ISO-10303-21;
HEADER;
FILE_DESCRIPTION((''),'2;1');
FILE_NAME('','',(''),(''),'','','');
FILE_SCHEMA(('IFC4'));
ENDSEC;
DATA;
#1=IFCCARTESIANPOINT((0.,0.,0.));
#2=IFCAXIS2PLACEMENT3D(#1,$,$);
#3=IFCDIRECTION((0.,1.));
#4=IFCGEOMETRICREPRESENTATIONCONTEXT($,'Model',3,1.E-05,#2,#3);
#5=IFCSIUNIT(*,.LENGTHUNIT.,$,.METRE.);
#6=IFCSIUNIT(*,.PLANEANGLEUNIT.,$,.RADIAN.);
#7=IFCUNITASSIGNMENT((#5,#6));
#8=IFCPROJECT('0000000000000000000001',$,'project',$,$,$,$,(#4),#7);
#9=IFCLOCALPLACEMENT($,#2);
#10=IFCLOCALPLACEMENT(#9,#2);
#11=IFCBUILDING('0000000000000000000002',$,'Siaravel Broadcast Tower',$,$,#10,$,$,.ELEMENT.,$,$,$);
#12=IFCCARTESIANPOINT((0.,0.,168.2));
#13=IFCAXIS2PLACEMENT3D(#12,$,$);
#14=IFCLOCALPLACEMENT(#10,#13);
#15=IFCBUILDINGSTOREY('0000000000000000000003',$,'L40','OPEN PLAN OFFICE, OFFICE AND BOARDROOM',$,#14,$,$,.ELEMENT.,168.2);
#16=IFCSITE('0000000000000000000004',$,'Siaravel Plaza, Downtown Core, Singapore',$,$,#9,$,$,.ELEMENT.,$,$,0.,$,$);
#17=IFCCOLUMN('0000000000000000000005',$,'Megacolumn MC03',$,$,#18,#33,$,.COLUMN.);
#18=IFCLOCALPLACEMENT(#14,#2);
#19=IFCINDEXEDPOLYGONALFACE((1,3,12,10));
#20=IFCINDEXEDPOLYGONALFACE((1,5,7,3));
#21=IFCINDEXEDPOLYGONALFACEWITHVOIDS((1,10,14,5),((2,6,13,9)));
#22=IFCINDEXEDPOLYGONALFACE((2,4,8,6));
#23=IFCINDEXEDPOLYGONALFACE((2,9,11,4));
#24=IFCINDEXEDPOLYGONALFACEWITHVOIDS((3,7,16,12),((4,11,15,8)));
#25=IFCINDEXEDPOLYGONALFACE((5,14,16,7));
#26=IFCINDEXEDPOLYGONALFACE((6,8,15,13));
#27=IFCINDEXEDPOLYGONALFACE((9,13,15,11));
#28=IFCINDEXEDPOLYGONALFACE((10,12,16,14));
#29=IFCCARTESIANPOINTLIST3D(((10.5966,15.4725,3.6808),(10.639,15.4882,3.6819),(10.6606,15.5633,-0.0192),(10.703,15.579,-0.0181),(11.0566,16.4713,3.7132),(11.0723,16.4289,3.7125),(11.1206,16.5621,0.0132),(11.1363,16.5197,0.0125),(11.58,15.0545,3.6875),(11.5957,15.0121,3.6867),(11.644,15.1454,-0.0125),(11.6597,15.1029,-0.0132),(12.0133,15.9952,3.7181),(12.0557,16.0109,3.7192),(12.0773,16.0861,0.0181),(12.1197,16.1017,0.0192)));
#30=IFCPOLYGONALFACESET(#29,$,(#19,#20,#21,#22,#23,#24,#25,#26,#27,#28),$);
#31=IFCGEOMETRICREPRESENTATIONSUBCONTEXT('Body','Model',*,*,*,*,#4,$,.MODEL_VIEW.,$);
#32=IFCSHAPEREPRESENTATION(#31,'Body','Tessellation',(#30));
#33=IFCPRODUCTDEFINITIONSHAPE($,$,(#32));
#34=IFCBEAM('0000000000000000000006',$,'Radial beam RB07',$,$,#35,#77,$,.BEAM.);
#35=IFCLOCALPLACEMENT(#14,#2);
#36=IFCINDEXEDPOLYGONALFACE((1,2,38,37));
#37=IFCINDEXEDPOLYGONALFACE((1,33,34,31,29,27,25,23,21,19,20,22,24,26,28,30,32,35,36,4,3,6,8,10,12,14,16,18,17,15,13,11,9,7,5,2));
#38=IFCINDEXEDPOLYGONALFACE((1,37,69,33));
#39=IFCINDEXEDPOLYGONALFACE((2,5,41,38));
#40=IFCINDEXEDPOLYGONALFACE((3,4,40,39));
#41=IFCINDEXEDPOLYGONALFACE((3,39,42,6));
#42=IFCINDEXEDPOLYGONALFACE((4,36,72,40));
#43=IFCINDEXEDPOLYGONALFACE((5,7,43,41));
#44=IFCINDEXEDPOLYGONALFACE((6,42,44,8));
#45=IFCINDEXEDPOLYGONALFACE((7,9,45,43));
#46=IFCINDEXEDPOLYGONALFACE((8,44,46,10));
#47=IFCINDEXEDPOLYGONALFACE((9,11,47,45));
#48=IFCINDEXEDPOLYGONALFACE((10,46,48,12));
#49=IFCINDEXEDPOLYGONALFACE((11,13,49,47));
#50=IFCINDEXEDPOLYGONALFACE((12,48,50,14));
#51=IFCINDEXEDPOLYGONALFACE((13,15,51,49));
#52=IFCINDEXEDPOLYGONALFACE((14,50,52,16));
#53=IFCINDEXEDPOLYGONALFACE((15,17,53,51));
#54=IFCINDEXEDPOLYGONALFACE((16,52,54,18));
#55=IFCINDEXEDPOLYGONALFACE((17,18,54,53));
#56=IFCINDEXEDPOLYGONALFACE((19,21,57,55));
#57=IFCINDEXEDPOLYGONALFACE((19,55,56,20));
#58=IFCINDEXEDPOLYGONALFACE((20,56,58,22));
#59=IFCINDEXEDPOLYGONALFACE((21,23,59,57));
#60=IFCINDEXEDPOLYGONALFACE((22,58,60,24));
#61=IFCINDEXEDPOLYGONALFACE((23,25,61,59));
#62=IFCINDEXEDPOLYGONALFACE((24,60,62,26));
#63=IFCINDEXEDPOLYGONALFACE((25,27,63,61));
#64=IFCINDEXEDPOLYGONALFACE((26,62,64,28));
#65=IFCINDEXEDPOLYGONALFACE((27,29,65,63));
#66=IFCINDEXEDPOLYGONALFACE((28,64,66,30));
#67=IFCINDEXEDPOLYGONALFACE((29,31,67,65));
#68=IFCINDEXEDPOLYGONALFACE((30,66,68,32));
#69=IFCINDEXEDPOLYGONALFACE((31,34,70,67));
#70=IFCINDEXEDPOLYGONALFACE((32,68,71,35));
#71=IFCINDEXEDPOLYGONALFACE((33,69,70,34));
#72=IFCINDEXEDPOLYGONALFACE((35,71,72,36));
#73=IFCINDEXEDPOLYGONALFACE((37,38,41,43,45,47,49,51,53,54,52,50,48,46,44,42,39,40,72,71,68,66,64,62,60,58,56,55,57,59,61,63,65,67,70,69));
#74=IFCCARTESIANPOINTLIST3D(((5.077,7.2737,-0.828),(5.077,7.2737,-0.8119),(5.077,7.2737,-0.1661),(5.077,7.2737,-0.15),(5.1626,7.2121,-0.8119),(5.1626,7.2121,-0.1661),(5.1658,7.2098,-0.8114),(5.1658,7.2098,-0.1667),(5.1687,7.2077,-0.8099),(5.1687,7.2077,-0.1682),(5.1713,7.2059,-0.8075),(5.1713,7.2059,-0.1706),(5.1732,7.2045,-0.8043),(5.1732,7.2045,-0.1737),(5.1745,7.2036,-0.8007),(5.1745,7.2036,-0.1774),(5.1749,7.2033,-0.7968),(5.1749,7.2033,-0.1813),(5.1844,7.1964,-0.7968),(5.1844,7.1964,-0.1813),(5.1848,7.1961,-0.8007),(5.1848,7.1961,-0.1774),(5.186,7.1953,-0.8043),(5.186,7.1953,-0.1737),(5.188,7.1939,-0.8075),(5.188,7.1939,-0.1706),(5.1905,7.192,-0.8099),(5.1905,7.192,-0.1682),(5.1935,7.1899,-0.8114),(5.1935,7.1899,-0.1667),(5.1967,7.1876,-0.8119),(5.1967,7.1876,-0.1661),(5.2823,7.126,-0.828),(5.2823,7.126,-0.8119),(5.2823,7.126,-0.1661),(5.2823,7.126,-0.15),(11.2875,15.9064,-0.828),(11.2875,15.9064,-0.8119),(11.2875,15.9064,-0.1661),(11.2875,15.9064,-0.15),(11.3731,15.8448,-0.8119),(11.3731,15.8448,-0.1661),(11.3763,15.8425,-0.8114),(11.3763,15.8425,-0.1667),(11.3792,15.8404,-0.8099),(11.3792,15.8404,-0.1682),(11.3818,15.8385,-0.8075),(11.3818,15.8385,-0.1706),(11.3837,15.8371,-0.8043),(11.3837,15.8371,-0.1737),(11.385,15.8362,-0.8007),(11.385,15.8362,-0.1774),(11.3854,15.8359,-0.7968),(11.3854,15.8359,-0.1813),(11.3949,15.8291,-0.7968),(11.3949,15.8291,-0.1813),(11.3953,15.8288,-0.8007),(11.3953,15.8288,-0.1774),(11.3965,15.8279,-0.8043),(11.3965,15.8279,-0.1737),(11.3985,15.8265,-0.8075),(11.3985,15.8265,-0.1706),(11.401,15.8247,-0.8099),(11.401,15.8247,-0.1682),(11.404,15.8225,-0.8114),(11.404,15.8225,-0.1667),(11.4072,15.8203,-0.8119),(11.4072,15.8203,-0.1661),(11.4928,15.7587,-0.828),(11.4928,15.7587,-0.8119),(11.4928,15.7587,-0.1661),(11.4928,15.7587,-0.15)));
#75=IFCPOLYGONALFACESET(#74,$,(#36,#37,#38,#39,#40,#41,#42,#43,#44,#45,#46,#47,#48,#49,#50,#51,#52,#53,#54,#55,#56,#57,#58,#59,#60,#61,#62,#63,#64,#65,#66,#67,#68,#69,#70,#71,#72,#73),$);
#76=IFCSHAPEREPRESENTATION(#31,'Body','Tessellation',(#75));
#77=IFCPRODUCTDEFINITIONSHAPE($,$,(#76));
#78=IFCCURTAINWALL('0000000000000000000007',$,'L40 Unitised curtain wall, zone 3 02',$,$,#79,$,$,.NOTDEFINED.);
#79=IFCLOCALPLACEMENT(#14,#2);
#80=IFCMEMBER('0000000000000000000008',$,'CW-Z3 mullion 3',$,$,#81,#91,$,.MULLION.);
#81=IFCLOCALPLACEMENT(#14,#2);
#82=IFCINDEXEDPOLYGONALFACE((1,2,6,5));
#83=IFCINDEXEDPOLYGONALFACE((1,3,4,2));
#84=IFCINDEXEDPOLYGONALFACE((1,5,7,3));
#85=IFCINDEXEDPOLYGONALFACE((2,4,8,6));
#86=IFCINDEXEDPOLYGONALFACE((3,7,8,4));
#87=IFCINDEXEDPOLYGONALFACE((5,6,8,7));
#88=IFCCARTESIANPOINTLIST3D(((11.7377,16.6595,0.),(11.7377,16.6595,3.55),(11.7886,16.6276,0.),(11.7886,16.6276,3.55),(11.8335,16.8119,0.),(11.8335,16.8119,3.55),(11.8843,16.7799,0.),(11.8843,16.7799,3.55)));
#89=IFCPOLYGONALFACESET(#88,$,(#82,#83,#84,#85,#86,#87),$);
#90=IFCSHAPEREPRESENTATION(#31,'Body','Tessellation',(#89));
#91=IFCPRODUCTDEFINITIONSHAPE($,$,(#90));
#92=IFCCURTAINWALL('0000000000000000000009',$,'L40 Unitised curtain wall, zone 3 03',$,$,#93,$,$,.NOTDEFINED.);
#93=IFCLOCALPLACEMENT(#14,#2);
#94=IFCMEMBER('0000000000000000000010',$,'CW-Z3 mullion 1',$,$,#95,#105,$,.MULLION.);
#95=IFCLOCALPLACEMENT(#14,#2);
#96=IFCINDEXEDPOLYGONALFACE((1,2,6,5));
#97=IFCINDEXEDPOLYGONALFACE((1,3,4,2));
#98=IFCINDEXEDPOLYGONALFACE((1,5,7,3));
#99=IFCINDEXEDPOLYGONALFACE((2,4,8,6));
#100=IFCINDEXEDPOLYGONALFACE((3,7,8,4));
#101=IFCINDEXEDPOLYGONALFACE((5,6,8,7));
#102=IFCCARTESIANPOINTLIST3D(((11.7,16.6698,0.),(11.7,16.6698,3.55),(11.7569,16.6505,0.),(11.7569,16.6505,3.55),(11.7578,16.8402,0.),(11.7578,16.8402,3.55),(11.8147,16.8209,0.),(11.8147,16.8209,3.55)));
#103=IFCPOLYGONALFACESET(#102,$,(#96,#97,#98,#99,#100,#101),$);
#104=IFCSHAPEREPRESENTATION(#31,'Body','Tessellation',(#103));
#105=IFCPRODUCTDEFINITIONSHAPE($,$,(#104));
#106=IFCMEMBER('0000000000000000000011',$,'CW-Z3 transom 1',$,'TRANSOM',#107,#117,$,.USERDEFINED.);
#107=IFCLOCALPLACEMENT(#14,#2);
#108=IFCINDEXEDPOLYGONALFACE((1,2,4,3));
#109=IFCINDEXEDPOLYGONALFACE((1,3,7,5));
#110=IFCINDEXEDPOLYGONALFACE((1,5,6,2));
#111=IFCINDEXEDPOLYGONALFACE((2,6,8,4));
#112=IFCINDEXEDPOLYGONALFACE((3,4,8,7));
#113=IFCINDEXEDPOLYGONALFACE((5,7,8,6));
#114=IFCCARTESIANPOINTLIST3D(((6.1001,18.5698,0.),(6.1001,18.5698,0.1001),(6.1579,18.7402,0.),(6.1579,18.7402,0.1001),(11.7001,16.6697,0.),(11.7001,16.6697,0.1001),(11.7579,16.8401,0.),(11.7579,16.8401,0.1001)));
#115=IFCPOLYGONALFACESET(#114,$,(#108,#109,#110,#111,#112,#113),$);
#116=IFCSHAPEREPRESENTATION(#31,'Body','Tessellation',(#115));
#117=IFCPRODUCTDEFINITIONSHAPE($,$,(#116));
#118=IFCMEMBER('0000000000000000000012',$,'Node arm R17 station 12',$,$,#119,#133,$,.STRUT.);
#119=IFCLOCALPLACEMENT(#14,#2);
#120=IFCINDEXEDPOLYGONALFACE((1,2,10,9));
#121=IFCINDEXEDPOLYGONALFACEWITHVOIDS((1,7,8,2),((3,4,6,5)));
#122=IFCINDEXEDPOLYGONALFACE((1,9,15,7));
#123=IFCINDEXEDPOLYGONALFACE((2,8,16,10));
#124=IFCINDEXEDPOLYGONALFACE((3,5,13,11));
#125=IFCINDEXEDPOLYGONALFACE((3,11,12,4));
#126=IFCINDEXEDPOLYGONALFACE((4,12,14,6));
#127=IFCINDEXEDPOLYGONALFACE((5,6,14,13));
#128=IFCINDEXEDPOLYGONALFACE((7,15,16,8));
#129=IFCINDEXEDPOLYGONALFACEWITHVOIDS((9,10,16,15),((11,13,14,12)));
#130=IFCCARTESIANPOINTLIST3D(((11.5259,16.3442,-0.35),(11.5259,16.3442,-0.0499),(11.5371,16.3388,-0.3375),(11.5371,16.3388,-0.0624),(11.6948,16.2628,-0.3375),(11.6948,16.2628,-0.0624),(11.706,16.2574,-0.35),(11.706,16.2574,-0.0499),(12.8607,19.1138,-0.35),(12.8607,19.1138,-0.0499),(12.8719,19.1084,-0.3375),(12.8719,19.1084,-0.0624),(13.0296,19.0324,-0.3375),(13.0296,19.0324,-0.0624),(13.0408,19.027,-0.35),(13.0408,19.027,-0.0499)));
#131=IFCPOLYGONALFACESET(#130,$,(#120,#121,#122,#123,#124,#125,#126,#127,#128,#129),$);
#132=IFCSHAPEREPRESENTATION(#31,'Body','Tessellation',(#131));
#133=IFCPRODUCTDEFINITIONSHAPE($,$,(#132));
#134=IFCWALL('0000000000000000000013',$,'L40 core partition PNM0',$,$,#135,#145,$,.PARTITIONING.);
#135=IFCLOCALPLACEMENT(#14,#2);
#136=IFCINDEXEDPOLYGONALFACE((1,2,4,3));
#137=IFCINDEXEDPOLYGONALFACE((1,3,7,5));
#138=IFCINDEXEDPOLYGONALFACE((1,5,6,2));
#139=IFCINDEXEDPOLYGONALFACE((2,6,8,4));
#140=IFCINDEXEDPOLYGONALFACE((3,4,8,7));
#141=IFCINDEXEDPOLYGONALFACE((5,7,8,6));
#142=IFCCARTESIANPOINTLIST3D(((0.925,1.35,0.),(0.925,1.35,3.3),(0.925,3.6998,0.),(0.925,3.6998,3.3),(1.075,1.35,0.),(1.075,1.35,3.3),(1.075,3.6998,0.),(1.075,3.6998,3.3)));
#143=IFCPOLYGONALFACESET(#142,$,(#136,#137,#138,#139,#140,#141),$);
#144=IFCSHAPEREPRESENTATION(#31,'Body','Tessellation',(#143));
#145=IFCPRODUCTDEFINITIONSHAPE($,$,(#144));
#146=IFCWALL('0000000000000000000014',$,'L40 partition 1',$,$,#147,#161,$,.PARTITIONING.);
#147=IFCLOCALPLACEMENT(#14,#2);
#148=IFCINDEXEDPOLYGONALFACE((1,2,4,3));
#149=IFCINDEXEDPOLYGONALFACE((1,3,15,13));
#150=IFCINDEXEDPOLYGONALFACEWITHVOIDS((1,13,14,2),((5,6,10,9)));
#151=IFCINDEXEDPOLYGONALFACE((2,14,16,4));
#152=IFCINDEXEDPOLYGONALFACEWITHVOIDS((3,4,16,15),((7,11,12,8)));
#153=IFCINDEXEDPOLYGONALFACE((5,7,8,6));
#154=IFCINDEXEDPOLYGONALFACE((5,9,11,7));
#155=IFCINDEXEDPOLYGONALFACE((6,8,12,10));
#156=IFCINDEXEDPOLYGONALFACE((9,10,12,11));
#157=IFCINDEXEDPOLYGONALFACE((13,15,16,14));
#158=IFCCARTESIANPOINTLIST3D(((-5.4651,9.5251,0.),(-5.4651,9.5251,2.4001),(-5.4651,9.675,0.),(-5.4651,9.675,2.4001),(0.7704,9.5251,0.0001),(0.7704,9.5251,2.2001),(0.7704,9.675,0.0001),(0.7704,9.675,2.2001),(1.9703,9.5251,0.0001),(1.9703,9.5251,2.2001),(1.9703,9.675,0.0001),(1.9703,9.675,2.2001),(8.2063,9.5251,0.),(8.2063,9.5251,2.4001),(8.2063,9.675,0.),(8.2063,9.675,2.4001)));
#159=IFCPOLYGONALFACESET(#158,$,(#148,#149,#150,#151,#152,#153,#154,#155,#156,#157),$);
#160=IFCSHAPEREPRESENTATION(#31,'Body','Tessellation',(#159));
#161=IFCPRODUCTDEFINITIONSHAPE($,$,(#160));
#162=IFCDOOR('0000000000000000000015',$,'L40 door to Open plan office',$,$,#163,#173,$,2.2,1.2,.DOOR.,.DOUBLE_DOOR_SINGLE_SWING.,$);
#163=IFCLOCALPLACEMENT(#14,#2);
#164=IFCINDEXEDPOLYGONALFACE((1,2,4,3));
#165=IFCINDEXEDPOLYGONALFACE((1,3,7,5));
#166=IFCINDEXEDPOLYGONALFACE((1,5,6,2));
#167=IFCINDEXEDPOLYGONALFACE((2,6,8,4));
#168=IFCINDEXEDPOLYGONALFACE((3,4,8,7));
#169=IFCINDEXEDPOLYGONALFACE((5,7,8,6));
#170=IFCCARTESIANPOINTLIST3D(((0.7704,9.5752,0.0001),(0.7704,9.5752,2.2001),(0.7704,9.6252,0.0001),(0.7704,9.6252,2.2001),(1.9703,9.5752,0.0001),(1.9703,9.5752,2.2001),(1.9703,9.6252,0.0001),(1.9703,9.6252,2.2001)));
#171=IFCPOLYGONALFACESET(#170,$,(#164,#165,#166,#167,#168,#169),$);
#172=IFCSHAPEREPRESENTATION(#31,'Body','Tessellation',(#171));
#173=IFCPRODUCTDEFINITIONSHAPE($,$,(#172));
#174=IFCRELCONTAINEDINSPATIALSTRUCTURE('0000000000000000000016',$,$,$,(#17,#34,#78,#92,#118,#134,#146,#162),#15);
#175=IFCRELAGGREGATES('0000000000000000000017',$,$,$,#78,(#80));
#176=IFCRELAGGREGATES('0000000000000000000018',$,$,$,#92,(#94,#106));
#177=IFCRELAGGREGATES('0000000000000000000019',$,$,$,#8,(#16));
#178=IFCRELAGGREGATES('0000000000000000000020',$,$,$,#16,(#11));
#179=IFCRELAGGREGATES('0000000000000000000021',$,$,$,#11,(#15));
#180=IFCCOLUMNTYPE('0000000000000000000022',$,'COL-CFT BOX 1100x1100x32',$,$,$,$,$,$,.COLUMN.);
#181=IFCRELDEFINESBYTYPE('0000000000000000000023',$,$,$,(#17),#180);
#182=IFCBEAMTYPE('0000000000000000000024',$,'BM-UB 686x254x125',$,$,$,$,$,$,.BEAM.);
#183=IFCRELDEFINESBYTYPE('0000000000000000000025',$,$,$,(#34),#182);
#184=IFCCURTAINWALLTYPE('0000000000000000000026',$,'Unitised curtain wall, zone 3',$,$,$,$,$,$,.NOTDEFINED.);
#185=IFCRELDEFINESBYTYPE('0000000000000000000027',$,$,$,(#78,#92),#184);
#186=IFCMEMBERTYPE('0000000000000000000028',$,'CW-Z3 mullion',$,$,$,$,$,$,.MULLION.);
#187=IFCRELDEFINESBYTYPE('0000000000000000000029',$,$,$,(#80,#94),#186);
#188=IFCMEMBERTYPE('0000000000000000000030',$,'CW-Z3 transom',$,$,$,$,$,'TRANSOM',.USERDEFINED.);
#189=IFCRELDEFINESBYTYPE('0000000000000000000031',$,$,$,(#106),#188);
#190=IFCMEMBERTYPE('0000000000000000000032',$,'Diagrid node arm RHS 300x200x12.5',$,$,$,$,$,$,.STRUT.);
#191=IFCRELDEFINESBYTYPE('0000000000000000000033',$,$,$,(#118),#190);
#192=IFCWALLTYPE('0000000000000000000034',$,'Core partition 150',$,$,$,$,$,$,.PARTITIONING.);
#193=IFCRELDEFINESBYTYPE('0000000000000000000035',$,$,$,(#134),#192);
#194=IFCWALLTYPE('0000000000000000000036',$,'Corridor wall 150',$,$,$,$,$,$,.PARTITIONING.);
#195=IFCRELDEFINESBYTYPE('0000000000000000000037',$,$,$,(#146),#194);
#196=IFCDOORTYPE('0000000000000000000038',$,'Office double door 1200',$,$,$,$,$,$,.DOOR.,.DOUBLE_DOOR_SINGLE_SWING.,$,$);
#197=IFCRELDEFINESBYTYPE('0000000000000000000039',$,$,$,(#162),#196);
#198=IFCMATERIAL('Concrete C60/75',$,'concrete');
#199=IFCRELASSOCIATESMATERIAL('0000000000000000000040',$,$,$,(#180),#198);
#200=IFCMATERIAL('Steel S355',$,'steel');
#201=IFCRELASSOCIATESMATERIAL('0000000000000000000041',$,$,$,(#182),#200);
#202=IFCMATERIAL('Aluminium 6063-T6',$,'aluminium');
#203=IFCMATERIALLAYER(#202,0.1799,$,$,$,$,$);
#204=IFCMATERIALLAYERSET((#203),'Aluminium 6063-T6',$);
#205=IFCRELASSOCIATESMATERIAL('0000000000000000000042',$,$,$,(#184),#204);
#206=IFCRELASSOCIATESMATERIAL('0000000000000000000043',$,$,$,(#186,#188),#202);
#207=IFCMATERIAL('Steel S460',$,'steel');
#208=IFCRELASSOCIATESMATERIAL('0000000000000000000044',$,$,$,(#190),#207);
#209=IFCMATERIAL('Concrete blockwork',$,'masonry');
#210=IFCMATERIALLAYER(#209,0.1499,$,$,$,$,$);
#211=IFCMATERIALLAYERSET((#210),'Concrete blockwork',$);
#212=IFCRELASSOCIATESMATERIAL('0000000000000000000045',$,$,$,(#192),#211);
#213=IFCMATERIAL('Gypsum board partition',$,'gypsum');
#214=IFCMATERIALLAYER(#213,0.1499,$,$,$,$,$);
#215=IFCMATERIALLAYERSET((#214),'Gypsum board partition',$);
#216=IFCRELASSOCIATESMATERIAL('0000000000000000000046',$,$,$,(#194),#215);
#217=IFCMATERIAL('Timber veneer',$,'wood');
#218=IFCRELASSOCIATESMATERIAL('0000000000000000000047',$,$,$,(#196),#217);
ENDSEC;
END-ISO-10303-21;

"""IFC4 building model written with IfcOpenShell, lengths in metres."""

from ifc_helpers import new_model, si_unit, direction, frame, frame_2d, origin, origin_2d, place, context, subcontext, project, spatial, rectangle, hollow_rectangle, i_section, extrude, material, layer, layer_set, material_profile, profile_set, type_object, element, fill, aggregate, save


model = new_model("IFC4")

# Units and contexts
model_context = context("Model", 3, precision=1e-05, world=origin(), true_north=direction((0.0, 1.0)))
body_context = subcontext(model_context, "Body", "Model", "MODEL_VIEW")
ifc_project = project(units=[si_unit("LENGTHUNIT", "METRE"), si_unit("PLANEANGLEUNIT", "RADIAN")], contexts=[model_context])

# Site, building, storey
site_placement = place(None, origin())
site = spatial("IfcSite", under=ifc_project, at=site_placement, Name="Siaravel Plaza, Downtown Core, Singapore", CompositionType="ELEMENT", RefElevation=0.0)
building_placement = place(site_placement, origin())
building = spatial("IfcBuilding", under=site, at=building_placement, Name="Siaravel Broadcast Tower", CompositionType="ELEMENT")
storey_placement = place(building_placement, frame((0.0, 0.0, 168.2)))
storey = spatial("IfcBuildingStorey", under=building, at=storey_placement, Name="L40", Description="OPEN PLAN OFFICE, OFFICE AND BOARDROOM", CompositionType="ELEMENT", Elevation=168.2)

# Column
ifc_material_1 = material(Name="Concrete C60/75", Category="concrete")
ifc_material_profile_1 = material_profile(ifc_material_1, hollow_rectangle(XDim=1.1001, YDim=1.1001, WallThickness=0.032, at=origin_2d()))
ifc_profile_set_1 = profile_set([ifc_material_profile_1], Name="Concrete C60/75")
column_type = type_object("IfcColumnType", Name="COL-CFT BOX 1100x1100x32", PredefinedType="COLUMN", material=ifc_profile_set_1)
column_placement = place(storey_placement, frame((11.3901, 15.8325, 0.0), z_axis=(-0.01728, -0.024535, 0.99955), x_axis=(0.908205, -0.41849, 0.005429)))
element("IfcColumn", 1, at=column_placement, inside=storey, type_object=column_type, Name="Megacolumn MC03", PredefinedType="COLUMN", context=body_context, shape_type="SweptSolid", body=[
    extrude(hollow_rectangle(XDim=1.1001, YDim=1.1001, WallThickness=0.032, at=origin_2d()), origin(), (0.0, 0.0, 1.0), 3.7017),
])

# Beam
ifc_material_2 = material(Name="Steel S355", Category="steel")
ifc_material_profile_2 = material_profile(ifc_material_2, i_section(OverallWidth=0.2529, OverallDepth=0.678, WebThickness=0.0117, FlangeThickness=0.0161, FilletRadius=0.0151, at=origin_2d()))
ifc_profile_set_2 = profile_set([ifc_material_profile_2], Name="Steel S355")
beam_type = type_object("IfcBeamType", Name="BM-UB 686x254x125", PredefinedType="BEAM", material=ifc_profile_set_2)
beam_placement = place(storey_placement, frame((11.3901, 15.8325, -0.489), z_axis=(-0.583995, -0.811757, 0.0), x_axis=(0.811757, -0.583995, 0.0)))
element("IfcBeam", 2, at=beam_placement, inside=storey, type_object=beam_type, Name="Radial beam RB07", PredefinedType="BEAM", context=body_context, shape_type="SweptSolid", body=[
    extrude(i_section(OverallWidth=0.2529, OverallDepth=0.678, WebThickness=0.0117, FlangeThickness=0.0161, FilletRadius=0.0151, at=origin_2d()), origin(), (0.0, 0.0, 1.0), 10.6345),
])

# Curtain wall, member
ifc_material_3 = material(Name="Aluminium 6063-T6", Category="aluminium")
ifc_layer_1 = layer(ifc_material_3, 0.1799)
ifc_layer_set_1 = layer_set([ifc_layer_1], Name="Aluminium 6063-T6")
curtain_wall_type = type_object("IfcCurtainWallType", Name="Unitised curtain wall, zone 3", PredefinedType="NOTDEFINED", material=ifc_layer_set_1)
curtain_wall_1_placement = place(storey_placement, origin())
curtain_wall_1 = element("IfcCurtainWall", 3, at=curtain_wall_1_placement, inside=storey, type_object=curtain_wall_type, Name="L40 Unitised curtain wall, zone 3 02", PredefinedType="NOTDEFINED")
ifc_material_profile_3 = material_profile(ifc_material_3, rectangle(XDim=0.1799, YDim=0.0601, at=origin_2d()))
ifc_profile_set_3 = profile_set([ifc_material_profile_3], Name="Aluminium 6063-T6")
member_type_1 = type_object("IfcMemberType", Name="CW-Z3 mullion", PredefinedType="MULLION", material=ifc_profile_set_3)
member_1_placement = place(storey_placement, frame((11.811, 16.7197, 0.0), z_axis=(0.0, 0.0, 1.0), x_axis=(-0.532149, -0.846651, 0.0)))
member_1 = element("IfcMember", 4, at=member_1_placement, type_object=member_type_1, Name="CW-Z3 mullion 3", PredefinedType="MULLION", context=body_context, shape_type="SweptSolid", body=[
    extrude(rectangle(XDim=0.1799, YDim=0.0601, at=origin_2d()), origin(), (0.0, 0.0, 1.0), 3.55),
])
aggregate(curtain_wall_1, [member_1])

# Curtain wall, members
curtain_wall_2_placement = place(storey_placement, origin())
curtain_wall_2 = element("IfcCurtainWall", 5, at=curtain_wall_2_placement, inside=storey, type_object=curtain_wall_type, Name="L40 Unitised curtain wall, zone 3 03", PredefinedType="NOTDEFINED")
member_2_placement = place(storey_placement, frame((11.7573, 16.7454, 0.0), z_axis=(0.0, 0.0, 1.0), x_axis=(-0.3213, -0.946977, 0.0)))
member_2 = element("IfcMember", 6, at=member_2_placement, type_object=member_type_1, Name="CW-Z3 mullion 1", PredefinedType="MULLION", context=body_context, shape_type="SweptSolid", body=[
    extrude(rectangle(XDim=0.1799, YDim=0.0601, at=origin_2d()), origin(), (0.0, 0.0, 1.0), 3.55),
])
ifc_material_profile_4 = material_profile(ifc_material_3, rectangle(XDim=0.1799, YDim=0.1001, at=origin_2d()))
ifc_profile_set_4 = profile_set([ifc_material_profile_4], Name="Aluminium 6063-T6")
member_type_2 = type_object("IfcMemberType", Name="CW-Z3 transom", ElementType="TRANSOM", PredefinedType="USERDEFINED", material=ifc_profile_set_4)
member_3_placement = place(storey_placement, frame((11.729, 16.7549, 0.05), z_axis=(-0.946973, 0.321314, 0.0), x_axis=(-0.321314, -0.946973, 0.0)))
member_3 = element("IfcMember", 7, at=member_3_placement, type_object=member_type_2, Name="CW-Z3 transom 1", ObjectType="TRANSOM", PredefinedType="USERDEFINED", context=body_context, shape_type="SweptSolid", body=[
    extrude(rectangle(XDim=0.1799, YDim=0.1001, at=origin_2d()), origin(), (0.0, 0.0, 1.0), 5.9136),
])
aggregate(curtain_wall_2, [member_2, member_3])

# Member
ifc_material_4 = material(Name="Steel S460", Category="steel")
ifc_material_profile_5 = material_profile(ifc_material_4, hollow_rectangle(XDim=0.2, YDim=0.3, WallThickness=0.0125, at=origin_2d()))
ifc_profile_set_5 = profile_set([ifc_material_profile_5], Name="Steel S460")
member_type_3 = type_object("IfcMemberType", Name="Diagrid node arm RHS 300x200x12.5", PredefinedType="STRUT", material=ifc_profile_set_5)
member_4_placement = place(storey_placement, frame((11.616, 16.3008, -0.2), z_axis=(0.434143, 0.900844, 0.0), x_axis=(-0.900844, 0.434143, 0.0)))
element("IfcMember", 8, at=member_4_placement, inside=storey, type_object=member_type_3, Name="Node arm R17 station 12", PredefinedType="STRUT", context=body_context, shape_type="SweptSolid", body=[
    extrude(hollow_rectangle(XDim=0.2, YDim=0.3, WallThickness=0.0125, at=origin_2d()), origin(), (0.0, 0.0, 1.0), 3.0745),
])

# Wall
ifc_material_5 = material(Name="Concrete blockwork", Category="masonry")
ifc_layer_2 = layer(ifc_material_5, 0.1499)
ifc_layer_set_2 = layer_set([ifc_layer_2], Name="Concrete blockwork")
wall_type_1 = type_object("IfcWallType", Name="Core partition 150", PredefinedType="PARTITIONING", material=ifc_layer_set_2)
wall_1_placement = place(storey_placement, frame((1.0, 1.3501, 0.0), z_axis=(0.0, 0.0, 1.0), x_axis=(0.0, 1.0, 0.0)))
element("IfcWall", 9, at=wall_1_placement, inside=storey, type_object=wall_type_1, Name="L40 core partition PNM0", PredefinedType="PARTITIONING", context=body_context, shape_type="SweptSolid", body=[
    extrude(rectangle(XDim=2.3499, YDim=0.1499, at=frame_2d((1.1748, 0.0))), origin(), (0.0, 0.0, 1.0), 3.3),
])

# Wall, opening, door
ifc_material_6 = material(Name="Gypsum board partition", Category="gypsum")
ifc_layer_3 = layer(ifc_material_6, 0.1499)
ifc_layer_set_3 = layer_set([ifc_layer_3], Name="Gypsum board partition")
wall_type_2 = type_object("IfcWallType", Name="Corridor wall 150", PredefinedType="PARTITIONING", material=ifc_layer_set_3)
wall_2_placement = place(storey_placement, frame((8.2063, 9.6001, 0.0), z_axis=(0.0, 0.0, 1.0), x_axis=(-1.0, 0.0, 0.0)))
wall_2 = element("IfcWall", 10, at=wall_2_placement, inside=storey, type_object=wall_type_2, Name="L40 partition 1", PredefinedType="PARTITIONING", context=body_context, shape_type="SweptSolid", body=[
    extrude(rectangle(XDim=13.6714, YDim=0.1499, at=frame_2d((6.8357, 0.0))), origin(), (0.0, 0.0, 1.0), 2.4001),
])
opening_1_placement = place(wall_2_placement, frame((6.2358, 0.0, 0.0)))
opening_1 = element("IfcOpeningElement", 11, at=opening_1_placement, cuts=wall_2, PredefinedType="OPENING", context=body_context, shape_type="SweptSolid", body=[
    extrude(rectangle(XDim=1.2, YDim=2.2, at=frame_2d((0.6001, 1.1001))), frame((0.0, 0.085, 0.0), z_axis=(0.0, -1.0, 0.0), x_axis=(1.0, 0.0, 0.0)), (0.0, 0.0, 1.0), 0.1699),
])
ifc_material_7 = material(Name="Timber veneer", Category="wood")
door_type_1 = type_object("IfcDoorType", Name="Office double door 1200", OperationType="DOUBLE_DOOR_SINGLE_SWING", PredefinedType="DOOR", material=ifc_material_7)
door_1_placement = place(opening_1_placement, origin())
door_1 = element("IfcDoor", 12, at=door_1_placement, inside=storey, type_object=door_type_1, Name="L40 door to Open plan office", OperationType="DOUBLE_DOOR_SINGLE_SWING", OverallHeight=2.2, OverallWidth=1.2, PredefinedType="DOOR", context=body_context, shape_type="SweptSolid", body=[
    extrude(rectangle(XDim=1.2, YDim=2.2, at=frame_2d((0.6001, 1.1001))), frame((0.0, 0.0249, 0.0), z_axis=(0.0, -1.0, 0.0), x_axis=(1.0, 0.0, 0.0)), (0.0, 0.0, 1.0), 0.05),
])
fill(opening_1, door_1)

save(model, "model.ifc")
